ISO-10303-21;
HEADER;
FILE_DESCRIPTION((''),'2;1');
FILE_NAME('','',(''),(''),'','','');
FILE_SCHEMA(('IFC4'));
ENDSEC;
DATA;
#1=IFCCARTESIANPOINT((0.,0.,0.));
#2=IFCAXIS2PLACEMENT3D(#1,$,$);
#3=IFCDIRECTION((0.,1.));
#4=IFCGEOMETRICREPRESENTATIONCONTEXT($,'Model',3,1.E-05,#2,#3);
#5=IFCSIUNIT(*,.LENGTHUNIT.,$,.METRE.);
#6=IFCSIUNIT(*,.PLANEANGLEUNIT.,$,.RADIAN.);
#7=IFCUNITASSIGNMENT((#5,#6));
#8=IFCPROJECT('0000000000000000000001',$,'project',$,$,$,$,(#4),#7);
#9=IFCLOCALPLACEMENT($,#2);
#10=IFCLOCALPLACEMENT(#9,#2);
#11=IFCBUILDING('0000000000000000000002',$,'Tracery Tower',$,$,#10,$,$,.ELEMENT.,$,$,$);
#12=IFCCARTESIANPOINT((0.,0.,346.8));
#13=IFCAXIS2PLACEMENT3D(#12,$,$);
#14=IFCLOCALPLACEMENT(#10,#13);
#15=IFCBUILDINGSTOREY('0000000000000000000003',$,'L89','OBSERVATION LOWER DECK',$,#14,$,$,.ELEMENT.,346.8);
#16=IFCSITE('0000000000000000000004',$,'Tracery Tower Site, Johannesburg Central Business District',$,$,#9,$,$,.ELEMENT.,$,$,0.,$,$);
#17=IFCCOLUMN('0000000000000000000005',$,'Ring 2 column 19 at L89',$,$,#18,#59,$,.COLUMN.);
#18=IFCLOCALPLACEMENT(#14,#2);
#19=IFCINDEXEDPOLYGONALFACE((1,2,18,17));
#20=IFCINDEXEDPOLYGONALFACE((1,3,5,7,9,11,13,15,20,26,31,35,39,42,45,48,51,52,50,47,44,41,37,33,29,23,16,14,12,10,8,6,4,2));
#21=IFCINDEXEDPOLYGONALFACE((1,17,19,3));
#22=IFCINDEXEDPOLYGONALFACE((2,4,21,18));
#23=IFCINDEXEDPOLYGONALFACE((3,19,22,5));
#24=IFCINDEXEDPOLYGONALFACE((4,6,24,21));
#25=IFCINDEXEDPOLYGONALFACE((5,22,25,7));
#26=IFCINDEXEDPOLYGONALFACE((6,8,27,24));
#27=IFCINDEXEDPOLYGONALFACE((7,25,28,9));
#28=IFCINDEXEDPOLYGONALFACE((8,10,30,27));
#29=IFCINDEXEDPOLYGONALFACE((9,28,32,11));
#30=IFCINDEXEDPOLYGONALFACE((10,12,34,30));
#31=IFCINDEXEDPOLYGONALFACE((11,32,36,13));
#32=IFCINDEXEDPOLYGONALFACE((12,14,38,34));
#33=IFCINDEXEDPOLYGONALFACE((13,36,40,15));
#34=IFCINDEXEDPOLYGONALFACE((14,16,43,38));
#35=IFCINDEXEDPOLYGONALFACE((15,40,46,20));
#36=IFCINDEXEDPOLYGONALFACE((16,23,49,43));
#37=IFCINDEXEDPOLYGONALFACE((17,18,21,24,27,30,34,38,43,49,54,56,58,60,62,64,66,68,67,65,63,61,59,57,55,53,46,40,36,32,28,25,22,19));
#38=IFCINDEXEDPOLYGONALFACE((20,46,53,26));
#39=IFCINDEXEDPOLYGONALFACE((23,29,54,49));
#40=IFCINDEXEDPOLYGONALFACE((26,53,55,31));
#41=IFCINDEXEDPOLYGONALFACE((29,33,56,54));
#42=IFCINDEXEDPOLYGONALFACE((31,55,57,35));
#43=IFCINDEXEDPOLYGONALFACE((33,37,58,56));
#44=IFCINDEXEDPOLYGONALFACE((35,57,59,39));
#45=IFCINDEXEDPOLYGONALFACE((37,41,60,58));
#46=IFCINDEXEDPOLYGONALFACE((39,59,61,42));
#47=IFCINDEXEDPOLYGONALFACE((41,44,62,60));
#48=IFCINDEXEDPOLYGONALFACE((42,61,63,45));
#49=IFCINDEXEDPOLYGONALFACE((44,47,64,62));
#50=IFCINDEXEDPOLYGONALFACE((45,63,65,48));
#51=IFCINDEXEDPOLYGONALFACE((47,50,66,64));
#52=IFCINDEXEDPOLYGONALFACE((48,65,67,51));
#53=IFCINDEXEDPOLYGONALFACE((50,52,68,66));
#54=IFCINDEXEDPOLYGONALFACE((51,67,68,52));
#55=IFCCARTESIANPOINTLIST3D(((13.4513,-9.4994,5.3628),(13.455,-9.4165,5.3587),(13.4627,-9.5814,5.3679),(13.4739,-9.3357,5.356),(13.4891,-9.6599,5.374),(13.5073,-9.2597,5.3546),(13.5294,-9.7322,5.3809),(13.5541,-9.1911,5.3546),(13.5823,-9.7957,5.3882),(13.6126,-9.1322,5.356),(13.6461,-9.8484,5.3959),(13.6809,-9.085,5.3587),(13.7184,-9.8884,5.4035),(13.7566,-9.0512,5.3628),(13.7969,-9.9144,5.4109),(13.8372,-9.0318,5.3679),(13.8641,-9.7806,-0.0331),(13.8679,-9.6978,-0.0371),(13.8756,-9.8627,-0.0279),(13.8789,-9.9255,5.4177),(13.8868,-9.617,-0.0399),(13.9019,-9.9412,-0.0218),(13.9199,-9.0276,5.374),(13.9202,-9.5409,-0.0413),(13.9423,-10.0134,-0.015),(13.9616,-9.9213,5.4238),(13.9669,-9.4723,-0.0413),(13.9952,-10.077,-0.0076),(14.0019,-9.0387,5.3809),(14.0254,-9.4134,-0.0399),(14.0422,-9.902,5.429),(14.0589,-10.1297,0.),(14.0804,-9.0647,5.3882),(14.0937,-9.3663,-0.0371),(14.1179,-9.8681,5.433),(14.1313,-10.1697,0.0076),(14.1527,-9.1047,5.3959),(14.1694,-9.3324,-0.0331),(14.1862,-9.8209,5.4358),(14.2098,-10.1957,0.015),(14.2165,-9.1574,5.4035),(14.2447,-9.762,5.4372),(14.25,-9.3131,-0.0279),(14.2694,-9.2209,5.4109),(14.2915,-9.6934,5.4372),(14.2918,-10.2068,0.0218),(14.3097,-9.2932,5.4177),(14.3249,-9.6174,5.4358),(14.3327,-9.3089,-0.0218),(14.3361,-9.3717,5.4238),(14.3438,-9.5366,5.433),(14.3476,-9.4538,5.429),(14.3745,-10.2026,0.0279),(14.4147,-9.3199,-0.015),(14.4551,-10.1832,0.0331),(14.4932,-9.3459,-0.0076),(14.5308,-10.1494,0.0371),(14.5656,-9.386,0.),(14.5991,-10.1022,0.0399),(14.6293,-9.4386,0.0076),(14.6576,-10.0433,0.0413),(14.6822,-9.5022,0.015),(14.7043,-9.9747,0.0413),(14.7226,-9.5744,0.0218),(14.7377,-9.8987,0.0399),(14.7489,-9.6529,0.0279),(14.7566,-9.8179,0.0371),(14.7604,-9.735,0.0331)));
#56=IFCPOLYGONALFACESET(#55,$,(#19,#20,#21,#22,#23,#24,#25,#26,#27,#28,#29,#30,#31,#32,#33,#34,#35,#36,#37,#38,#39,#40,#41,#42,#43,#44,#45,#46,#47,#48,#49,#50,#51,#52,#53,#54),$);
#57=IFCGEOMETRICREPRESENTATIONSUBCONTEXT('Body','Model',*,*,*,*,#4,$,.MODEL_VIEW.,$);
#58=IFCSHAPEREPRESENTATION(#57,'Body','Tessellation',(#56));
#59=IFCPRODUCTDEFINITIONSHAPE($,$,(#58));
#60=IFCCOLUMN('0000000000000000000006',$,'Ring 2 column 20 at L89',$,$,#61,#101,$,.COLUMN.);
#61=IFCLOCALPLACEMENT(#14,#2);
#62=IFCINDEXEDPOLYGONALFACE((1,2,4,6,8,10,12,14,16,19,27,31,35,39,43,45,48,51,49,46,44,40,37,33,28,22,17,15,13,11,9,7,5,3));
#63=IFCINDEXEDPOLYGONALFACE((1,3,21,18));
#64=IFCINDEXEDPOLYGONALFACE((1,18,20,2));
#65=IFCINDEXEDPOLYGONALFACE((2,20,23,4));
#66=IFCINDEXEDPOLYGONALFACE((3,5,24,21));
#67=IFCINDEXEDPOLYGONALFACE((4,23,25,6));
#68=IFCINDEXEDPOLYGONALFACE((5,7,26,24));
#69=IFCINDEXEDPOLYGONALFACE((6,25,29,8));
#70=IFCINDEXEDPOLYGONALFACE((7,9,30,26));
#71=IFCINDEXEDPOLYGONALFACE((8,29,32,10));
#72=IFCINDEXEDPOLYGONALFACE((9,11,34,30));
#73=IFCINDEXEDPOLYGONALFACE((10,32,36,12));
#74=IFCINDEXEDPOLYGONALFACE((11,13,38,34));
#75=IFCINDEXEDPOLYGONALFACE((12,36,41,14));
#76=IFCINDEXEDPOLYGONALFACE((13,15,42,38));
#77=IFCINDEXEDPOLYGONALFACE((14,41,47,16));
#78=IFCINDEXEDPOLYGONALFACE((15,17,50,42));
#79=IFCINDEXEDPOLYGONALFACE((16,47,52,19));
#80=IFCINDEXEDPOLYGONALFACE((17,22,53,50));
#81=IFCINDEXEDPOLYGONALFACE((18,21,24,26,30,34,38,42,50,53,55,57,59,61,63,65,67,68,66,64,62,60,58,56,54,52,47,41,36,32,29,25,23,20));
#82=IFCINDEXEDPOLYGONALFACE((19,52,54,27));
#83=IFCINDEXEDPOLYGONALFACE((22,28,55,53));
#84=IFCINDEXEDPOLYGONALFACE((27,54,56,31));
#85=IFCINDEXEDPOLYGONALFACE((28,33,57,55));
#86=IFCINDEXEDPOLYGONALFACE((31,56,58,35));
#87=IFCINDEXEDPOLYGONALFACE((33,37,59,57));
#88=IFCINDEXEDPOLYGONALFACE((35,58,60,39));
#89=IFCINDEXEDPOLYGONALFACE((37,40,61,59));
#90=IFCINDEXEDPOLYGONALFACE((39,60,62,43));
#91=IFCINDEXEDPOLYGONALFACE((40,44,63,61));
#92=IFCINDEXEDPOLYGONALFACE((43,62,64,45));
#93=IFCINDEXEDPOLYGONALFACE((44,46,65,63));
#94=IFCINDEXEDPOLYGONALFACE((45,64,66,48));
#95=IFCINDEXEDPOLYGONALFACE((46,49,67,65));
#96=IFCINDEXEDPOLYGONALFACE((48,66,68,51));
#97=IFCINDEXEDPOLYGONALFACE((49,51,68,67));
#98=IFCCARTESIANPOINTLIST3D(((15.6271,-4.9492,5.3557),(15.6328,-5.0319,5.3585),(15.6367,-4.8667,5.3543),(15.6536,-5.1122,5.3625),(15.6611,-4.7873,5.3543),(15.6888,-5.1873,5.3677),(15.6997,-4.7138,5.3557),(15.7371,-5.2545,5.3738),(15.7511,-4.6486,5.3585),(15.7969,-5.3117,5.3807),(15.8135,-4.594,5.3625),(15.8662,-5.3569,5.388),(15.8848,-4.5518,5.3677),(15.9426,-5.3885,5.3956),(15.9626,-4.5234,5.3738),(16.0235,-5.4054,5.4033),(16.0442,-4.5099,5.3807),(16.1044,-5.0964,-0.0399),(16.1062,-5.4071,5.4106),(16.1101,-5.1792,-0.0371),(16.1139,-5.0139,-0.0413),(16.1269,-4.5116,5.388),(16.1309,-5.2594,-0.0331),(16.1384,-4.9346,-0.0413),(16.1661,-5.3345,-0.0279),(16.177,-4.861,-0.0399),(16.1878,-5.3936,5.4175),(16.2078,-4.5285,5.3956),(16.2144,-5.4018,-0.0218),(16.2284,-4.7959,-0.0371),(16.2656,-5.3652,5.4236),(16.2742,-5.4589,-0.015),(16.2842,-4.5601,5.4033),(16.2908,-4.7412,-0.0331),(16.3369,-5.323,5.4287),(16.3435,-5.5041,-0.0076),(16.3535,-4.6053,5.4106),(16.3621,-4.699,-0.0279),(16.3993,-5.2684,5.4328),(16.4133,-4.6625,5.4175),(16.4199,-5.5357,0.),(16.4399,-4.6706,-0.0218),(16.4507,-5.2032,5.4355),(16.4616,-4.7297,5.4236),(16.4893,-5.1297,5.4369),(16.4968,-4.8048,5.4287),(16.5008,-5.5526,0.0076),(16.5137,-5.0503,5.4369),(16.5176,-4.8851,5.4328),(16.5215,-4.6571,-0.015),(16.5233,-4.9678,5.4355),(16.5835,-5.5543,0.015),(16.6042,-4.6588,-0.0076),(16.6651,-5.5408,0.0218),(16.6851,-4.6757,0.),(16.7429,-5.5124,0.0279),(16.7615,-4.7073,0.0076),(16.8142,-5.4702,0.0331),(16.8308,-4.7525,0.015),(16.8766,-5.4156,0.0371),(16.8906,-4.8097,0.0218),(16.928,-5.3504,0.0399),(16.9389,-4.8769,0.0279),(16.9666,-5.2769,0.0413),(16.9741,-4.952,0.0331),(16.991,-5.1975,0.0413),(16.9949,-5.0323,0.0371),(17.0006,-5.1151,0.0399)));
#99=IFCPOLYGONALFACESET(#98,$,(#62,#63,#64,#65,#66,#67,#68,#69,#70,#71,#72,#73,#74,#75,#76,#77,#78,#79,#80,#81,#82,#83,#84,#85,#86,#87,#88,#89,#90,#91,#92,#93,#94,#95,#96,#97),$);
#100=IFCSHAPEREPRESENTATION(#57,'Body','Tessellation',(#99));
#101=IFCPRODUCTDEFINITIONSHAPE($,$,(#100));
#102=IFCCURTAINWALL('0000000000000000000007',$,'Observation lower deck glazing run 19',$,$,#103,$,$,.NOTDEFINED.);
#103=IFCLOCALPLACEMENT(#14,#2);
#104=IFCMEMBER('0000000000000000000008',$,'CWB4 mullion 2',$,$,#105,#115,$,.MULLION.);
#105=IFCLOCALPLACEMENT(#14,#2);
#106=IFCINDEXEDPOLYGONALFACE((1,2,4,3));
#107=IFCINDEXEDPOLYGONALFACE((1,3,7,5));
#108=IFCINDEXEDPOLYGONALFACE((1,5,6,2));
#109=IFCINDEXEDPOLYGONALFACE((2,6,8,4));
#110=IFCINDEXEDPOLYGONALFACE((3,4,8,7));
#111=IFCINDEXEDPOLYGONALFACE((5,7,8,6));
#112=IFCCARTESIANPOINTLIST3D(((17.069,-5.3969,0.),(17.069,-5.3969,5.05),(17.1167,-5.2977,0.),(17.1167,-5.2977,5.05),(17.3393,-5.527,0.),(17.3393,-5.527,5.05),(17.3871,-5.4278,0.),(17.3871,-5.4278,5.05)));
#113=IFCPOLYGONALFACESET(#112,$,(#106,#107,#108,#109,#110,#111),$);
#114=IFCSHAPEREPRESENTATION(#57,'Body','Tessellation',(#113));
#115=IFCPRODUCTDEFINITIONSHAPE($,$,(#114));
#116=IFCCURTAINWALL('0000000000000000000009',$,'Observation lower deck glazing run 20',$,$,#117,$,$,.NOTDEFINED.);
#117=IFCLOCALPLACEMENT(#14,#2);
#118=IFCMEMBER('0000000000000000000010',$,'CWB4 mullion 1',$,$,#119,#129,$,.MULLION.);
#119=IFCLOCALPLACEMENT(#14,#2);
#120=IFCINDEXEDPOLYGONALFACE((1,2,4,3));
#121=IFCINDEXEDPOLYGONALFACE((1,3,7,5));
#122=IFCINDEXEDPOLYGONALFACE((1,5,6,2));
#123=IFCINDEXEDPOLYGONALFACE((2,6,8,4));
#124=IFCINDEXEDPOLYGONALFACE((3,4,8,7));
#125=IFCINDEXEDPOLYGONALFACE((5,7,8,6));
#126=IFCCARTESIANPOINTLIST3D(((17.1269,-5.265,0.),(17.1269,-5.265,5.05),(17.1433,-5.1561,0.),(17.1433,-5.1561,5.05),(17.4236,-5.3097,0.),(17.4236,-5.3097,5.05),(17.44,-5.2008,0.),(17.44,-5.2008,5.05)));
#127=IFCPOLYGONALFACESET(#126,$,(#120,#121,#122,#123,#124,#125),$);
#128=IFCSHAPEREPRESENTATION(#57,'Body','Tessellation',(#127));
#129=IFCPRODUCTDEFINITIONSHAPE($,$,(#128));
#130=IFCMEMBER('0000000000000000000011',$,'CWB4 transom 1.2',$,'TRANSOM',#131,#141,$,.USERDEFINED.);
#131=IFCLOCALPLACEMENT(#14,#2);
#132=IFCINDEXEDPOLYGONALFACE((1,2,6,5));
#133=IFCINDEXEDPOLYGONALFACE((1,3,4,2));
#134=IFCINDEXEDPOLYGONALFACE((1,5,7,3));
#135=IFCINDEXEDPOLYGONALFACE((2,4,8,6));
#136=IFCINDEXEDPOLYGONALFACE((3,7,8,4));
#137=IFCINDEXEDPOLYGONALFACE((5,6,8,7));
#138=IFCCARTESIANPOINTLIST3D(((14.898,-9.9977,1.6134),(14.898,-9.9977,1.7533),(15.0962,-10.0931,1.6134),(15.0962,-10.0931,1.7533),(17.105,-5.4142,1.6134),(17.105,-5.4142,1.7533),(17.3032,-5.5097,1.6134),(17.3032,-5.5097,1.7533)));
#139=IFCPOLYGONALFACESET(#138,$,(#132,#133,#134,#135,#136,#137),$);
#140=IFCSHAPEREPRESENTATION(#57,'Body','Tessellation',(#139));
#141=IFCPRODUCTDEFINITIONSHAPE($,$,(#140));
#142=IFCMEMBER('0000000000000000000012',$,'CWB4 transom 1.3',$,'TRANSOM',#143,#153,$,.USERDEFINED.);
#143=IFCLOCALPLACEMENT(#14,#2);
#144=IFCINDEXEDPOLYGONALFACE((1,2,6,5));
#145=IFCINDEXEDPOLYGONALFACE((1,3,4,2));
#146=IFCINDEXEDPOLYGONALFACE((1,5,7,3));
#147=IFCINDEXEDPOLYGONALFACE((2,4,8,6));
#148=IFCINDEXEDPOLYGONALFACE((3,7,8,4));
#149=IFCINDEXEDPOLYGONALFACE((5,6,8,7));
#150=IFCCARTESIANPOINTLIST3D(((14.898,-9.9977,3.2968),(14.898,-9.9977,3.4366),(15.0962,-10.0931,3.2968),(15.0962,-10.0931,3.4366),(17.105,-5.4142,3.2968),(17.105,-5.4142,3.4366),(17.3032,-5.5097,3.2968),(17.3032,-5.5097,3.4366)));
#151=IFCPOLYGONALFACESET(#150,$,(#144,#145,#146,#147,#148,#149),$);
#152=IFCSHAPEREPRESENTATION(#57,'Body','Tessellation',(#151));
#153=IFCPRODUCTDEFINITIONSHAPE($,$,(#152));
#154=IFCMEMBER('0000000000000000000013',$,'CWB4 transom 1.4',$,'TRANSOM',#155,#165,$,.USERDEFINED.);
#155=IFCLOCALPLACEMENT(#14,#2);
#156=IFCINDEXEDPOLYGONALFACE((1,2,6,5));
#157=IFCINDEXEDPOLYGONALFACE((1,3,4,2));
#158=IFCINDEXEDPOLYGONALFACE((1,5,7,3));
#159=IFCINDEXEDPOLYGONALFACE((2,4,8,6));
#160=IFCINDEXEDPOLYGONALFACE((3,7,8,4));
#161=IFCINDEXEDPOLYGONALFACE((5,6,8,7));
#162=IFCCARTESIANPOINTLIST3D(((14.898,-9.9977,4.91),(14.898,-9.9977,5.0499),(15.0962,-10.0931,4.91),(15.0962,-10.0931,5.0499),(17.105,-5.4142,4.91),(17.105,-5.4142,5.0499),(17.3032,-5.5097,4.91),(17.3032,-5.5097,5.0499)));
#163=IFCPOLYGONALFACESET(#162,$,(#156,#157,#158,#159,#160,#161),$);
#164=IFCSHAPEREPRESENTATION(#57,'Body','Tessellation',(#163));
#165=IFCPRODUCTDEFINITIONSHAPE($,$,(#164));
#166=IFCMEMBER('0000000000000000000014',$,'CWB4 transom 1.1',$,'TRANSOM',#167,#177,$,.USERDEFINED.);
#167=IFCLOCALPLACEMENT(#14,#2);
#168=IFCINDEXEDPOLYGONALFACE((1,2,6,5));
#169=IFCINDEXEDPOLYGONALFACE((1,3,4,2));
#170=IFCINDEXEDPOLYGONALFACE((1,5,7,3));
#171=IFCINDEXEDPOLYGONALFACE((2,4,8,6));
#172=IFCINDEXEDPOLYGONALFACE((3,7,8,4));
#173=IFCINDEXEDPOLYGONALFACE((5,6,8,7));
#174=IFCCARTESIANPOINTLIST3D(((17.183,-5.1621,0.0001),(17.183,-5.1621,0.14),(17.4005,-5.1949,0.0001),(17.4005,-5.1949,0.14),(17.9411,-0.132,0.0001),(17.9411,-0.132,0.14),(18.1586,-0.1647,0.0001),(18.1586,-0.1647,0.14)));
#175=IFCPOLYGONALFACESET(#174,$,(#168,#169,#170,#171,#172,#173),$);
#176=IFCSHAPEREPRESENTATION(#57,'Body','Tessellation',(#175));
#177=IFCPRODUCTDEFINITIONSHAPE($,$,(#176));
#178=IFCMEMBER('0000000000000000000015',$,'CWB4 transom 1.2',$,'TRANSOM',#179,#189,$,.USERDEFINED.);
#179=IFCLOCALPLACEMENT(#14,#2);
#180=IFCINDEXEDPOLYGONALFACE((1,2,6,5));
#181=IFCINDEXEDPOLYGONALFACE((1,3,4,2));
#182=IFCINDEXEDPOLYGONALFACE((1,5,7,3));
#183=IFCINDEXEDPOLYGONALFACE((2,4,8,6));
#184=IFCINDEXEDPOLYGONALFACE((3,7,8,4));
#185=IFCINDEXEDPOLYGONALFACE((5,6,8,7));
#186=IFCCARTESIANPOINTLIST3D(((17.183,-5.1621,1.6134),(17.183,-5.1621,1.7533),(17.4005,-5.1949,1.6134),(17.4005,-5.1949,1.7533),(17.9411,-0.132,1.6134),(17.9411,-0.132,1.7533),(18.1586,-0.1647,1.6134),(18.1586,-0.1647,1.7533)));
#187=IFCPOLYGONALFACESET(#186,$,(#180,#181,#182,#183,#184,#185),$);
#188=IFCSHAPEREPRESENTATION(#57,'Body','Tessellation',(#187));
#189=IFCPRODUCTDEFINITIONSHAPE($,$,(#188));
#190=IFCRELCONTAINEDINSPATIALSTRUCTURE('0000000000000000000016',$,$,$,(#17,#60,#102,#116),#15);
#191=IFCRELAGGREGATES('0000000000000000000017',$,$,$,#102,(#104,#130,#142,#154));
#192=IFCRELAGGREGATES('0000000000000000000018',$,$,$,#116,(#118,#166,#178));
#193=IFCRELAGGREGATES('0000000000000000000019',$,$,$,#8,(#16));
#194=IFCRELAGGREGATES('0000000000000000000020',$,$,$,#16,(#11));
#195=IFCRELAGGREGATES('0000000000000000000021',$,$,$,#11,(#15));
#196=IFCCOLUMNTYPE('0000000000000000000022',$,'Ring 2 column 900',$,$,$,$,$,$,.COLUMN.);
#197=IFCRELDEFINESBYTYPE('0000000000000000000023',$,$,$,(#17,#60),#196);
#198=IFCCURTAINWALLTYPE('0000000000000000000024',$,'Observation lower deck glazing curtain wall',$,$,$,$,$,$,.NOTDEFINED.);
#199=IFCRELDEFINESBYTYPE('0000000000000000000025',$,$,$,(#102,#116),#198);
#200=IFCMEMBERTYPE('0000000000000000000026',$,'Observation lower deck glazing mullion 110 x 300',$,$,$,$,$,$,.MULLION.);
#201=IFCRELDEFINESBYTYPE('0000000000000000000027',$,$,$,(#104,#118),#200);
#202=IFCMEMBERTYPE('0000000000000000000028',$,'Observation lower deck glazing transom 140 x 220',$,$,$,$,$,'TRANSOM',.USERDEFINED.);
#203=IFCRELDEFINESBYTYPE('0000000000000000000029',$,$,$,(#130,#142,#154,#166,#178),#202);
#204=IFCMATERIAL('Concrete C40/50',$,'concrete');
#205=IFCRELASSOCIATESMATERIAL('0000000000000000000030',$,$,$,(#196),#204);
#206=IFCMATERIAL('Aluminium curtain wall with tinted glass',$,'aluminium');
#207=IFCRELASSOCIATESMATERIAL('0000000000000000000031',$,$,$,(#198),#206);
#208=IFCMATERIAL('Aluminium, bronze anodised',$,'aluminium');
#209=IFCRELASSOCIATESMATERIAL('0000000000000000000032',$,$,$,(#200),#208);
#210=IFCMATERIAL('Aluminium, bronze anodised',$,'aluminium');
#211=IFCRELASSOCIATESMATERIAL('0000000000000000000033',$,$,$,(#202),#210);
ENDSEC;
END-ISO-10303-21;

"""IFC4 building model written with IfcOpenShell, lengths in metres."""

from ifc_helpers import new_model, si_unit, direction, frame, origin, origin_2d, place, context, subcontext, project, spatial, rectangle, circle, extrude, material, material_profile, profile_set, type_object, element, aggregate, save


model = new_model("IFC4")

# Units and contexts
model_context = context("Model", 3, precision=1e-05, world=origin(), true_north=direction((0.0, 1.0)))
body_context = subcontext(model_context, "Body", "Model", "MODEL_VIEW")
ifc_project = project(units=[si_unit("LENGTHUNIT", "METRE"), si_unit("PLANEANGLEUNIT", "RADIAN")], contexts=[model_context])

# Site, building, storey
site_placement = place(None, origin())
site = spatial("IfcSite", under=ifc_project, at=site_placement, Name="Tracery Tower Site, Johannesburg Central Business District", CompositionType="ELEMENT", RefElevation=0.0)
building_placement = place(site_placement, origin())
building = spatial("IfcBuilding", under=site, at=building_placement, Name="Tracery Tower", CompositionType="ELEMENT")
storey_placement = place(building_placement, frame((0.0, 0.0, 346.8)))
storey = spatial("IfcBuildingStorey", under=building, at=storey_placement, Name="L89", Description="OBSERVATION LOWER DECK", CompositionType="ELEMENT", Elevation=346.8)

# Columns
ifc_material_1 = material(Name="Concrete C40/50", Category="concrete")
ifc_material_profile_1 = material_profile(ifc_material_1, circle(Radius=0.45, at=origin_2d()), Name="RC D900")
ifc_profile_set_1 = profile_set([ifc_material_profile_1], Name="Concrete C40/50")
column_type = type_object("IfcColumnType", Name="Ring 2 column 900", PredefinedType="COLUMN", material=ifc_profile_set_1)
column_1_placement = place(storey_placement, frame((14.3123, -9.7578, 0.0), z_axis=(-0.076187, 0.051902, 0.995742), x_axis=(-0.563018, -0.826444, 0.0)))
element("IfcColumn", 1, at=column_1_placement, inside=storey, type_object=column_type, Name="Ring 2 column 19 at L89", PredefinedType="COLUMN", context=body_context, shape_type="SweptSolid", body=[
    extrude(circle(Radius=0.45, at=origin_2d()), origin(), (0.0, 0.0, 1.0), 5.4189),
])
column_2_placement = place(storey_placement, frame((16.5525, -5.1057, 0.0), z_axis=(-0.088081, 0.027168, 0.995743), x_axis=(-0.294738, -0.955578, 0.0)))
element("IfcColumn", 2, at=column_2_placement, inside=storey, type_object=column_type, Name="Ring 2 column 20 at L89", PredefinedType="COLUMN", context=body_context, shape_type="SweptSolid", body=[
    extrude(circle(Radius=0.45, at=origin_2d()), origin(), (0.0, 0.0, 1.0), 5.4187),
])

# Curtain walls, members
ifc_material_2 = material(Name="Aluminium curtain wall with tinted glass", Category="aluminium")
curtain_wall_type = type_object("IfcCurtainWallType", Name="Observation lower deck glazing curtain wall", PredefinedType="NOTDEFINED", material=ifc_material_2)
curtain_wall_1_placement = place(storey_placement, origin())
curtain_wall_1 = element("IfcCurtainWall", 3, at=curtain_wall_1_placement, inside=storey, type_object=curtain_wall_type, Name="Observation lower deck glazing run 19", PredefinedType="NOTDEFINED")
ifc_material_3 = material(Name="Aluminium, bronze anodised", Category="aluminium")
ifc_material_profile_2 = material_profile(ifc_material_3, rectangle(XDim=0.3, YDim=0.1101, at=origin_2d()), Name="Observation lower deck glazing mullion 110 x 300")
ifc_profile_set_2 = profile_set([ifc_material_profile_2], Name="Aluminium, bronze anodised")
member_type_1 = type_object("IfcMemberType", Name="Observation lower deck glazing mullion 110 x 300", PredefinedType="MULLION", material=ifc_profile_set_2)
member_1_placement = place(storey_placement, frame((17.228, -5.4124, 0.0), z_axis=(0.0, 0.0, 1.0), x_axis=(-0.900972, 0.433876, 0.0)))
member_1 = element("IfcMember", 4, at=member_1_placement, type_object=member_type_1, Name="CWB4 mullion 2", PredefinedType="MULLION", context=body_context, shape_type="SweptSolid", body=[
    extrude(rectangle(XDim=0.3, YDim=0.1101, at=origin_2d()), origin(), (0.0, 0.0, 1.0), 5.05),
])
curtain_wall_2_placement = place(storey_placement, origin())
curtain_wall_2 = element("IfcCurtainWall", 5, at=curtain_wall_2_placement, inside=storey, type_object=curtain_wall_type, Name="Observation lower deck glazing run 20", PredefinedType="NOTDEFINED")
member_2_placement = place(storey_placement, frame((17.2834, -5.2329, 0.0), z_axis=(0.0, 0.0, 1.0), x_axis=(-0.988833, 0.149031, 0.0)))
member_2 = element("IfcMember", 6, at=member_2_placement, type_object=member_type_1, Name="CWB4 mullion 1", PredefinedType="MULLION", context=body_context, shape_type="SweptSolid", body=[
    extrude(rectangle(XDim=0.3, YDim=0.1101, at=origin_2d()), origin(), (0.0, 0.0, 1.0), 5.05),
])

# Members
ifc_material_4 = material(Name="Aluminium, bronze anodised", Category="aluminium")
ifc_material_profile_3 = material_profile(ifc_material_4, rectangle(XDim=0.22, YDim=0.1399, at=origin_2d()), Name="Observation lower deck glazing transom 140 x 220")
ifc_profile_set_3 = profile_set([ifc_material_profile_3], Name="Aluminium, bronze anodised")
member_type_2 = type_object("IfcMemberType", Name="Observation lower deck glazing transom 140 x 220", ElementType="TRANSOM", PredefinedType="USERDEFINED", material=ifc_profile_set_3)
member_3_placement = place(storey_placement, frame((14.9971, -10.0454, 1.6833), z_axis=(0.433842, 0.900989, 0.0), x_axis=(-0.900989, 0.433842, 0.0)))
member_3 = element("IfcMember", 7, at=member_3_placement, type_object=member_type_2, Name="CWB4 transom 1.2", ObjectType="TRANSOM", PredefinedType="USERDEFINED", context=body_context, shape_type="SweptSolid", body=[
    extrude(rectangle(XDim=0.22, YDim=0.1399, at=origin_2d()), origin(), (0.0, 0.0, 1.0), 5.0872),
])
member_4_placement = place(storey_placement, frame((14.9971, -10.0454, 3.3667), z_axis=(0.433842, 0.900989, 0.0), x_axis=(-0.900989, 0.433842, 0.0)))
member_4 = element("IfcMember", 8, at=member_4_placement, type_object=member_type_2, Name="CWB4 transom 1.3", ObjectType="TRANSOM", PredefinedType="USERDEFINED", context=body_context, shape_type="SweptSolid", body=[
    extrude(rectangle(XDim=0.22, YDim=0.1399, at=origin_2d()), origin(), (0.0, 0.0, 1.0), 5.0872),
])
member_5_placement = place(storey_placement, frame((14.9971, -10.0454, 4.98), z_axis=(0.433842, 0.900989, 0.0), x_axis=(-0.900989, 0.433842, 0.0)))
member_5 = element("IfcMember", 9, at=member_5_placement, type_object=member_type_2, Name="CWB4 transom 1.4", ObjectType="TRANSOM", PredefinedType="USERDEFINED", context=body_context, shape_type="SweptSolid", body=[
    extrude(rectangle(XDim=0.22, YDim=0.1399, at=origin_2d()), origin(), (0.0, 0.0, 1.0), 5.0872),
])
member_6_placement = place(storey_placement, frame((17.2917, -5.1785, 0.0701), z_axis=(0.149023, 0.988834, 0.0), x_axis=(-0.988834, 0.149023, 0.0)))
member_6 = element("IfcMember", 10, at=member_6_placement, type_object=member_type_2, Name="CWB4 transom 1.1", ObjectType="TRANSOM", PredefinedType="USERDEFINED", context=body_context, shape_type="SweptSolid", body=[
    extrude(rectangle(XDim=0.22, YDim=0.1399, at=origin_2d()), origin(), (0.0, 0.0, 1.0), 5.0869),
])
member_7_placement = place(storey_placement, frame((17.2917, -5.1785, 1.6833), z_axis=(0.149023, 0.988834, 0.0), x_axis=(-0.988834, 0.149023, 0.0)))
member_7 = element("IfcMember", 11, at=member_7_placement, type_object=member_type_2, Name="CWB4 transom 1.2", ObjectType="TRANSOM", PredefinedType="USERDEFINED", context=body_context, shape_type="SweptSolid", body=[
    extrude(rectangle(XDim=0.22, YDim=0.1399, at=origin_2d()), origin(), (0.0, 0.0, 1.0), 5.0869),
])

aggregate(curtain_wall_1, [member_1, member_3, member_4, member_5])
aggregate(curtain_wall_2, [member_2, member_6, member_7])

save(model, "model.ifc")
